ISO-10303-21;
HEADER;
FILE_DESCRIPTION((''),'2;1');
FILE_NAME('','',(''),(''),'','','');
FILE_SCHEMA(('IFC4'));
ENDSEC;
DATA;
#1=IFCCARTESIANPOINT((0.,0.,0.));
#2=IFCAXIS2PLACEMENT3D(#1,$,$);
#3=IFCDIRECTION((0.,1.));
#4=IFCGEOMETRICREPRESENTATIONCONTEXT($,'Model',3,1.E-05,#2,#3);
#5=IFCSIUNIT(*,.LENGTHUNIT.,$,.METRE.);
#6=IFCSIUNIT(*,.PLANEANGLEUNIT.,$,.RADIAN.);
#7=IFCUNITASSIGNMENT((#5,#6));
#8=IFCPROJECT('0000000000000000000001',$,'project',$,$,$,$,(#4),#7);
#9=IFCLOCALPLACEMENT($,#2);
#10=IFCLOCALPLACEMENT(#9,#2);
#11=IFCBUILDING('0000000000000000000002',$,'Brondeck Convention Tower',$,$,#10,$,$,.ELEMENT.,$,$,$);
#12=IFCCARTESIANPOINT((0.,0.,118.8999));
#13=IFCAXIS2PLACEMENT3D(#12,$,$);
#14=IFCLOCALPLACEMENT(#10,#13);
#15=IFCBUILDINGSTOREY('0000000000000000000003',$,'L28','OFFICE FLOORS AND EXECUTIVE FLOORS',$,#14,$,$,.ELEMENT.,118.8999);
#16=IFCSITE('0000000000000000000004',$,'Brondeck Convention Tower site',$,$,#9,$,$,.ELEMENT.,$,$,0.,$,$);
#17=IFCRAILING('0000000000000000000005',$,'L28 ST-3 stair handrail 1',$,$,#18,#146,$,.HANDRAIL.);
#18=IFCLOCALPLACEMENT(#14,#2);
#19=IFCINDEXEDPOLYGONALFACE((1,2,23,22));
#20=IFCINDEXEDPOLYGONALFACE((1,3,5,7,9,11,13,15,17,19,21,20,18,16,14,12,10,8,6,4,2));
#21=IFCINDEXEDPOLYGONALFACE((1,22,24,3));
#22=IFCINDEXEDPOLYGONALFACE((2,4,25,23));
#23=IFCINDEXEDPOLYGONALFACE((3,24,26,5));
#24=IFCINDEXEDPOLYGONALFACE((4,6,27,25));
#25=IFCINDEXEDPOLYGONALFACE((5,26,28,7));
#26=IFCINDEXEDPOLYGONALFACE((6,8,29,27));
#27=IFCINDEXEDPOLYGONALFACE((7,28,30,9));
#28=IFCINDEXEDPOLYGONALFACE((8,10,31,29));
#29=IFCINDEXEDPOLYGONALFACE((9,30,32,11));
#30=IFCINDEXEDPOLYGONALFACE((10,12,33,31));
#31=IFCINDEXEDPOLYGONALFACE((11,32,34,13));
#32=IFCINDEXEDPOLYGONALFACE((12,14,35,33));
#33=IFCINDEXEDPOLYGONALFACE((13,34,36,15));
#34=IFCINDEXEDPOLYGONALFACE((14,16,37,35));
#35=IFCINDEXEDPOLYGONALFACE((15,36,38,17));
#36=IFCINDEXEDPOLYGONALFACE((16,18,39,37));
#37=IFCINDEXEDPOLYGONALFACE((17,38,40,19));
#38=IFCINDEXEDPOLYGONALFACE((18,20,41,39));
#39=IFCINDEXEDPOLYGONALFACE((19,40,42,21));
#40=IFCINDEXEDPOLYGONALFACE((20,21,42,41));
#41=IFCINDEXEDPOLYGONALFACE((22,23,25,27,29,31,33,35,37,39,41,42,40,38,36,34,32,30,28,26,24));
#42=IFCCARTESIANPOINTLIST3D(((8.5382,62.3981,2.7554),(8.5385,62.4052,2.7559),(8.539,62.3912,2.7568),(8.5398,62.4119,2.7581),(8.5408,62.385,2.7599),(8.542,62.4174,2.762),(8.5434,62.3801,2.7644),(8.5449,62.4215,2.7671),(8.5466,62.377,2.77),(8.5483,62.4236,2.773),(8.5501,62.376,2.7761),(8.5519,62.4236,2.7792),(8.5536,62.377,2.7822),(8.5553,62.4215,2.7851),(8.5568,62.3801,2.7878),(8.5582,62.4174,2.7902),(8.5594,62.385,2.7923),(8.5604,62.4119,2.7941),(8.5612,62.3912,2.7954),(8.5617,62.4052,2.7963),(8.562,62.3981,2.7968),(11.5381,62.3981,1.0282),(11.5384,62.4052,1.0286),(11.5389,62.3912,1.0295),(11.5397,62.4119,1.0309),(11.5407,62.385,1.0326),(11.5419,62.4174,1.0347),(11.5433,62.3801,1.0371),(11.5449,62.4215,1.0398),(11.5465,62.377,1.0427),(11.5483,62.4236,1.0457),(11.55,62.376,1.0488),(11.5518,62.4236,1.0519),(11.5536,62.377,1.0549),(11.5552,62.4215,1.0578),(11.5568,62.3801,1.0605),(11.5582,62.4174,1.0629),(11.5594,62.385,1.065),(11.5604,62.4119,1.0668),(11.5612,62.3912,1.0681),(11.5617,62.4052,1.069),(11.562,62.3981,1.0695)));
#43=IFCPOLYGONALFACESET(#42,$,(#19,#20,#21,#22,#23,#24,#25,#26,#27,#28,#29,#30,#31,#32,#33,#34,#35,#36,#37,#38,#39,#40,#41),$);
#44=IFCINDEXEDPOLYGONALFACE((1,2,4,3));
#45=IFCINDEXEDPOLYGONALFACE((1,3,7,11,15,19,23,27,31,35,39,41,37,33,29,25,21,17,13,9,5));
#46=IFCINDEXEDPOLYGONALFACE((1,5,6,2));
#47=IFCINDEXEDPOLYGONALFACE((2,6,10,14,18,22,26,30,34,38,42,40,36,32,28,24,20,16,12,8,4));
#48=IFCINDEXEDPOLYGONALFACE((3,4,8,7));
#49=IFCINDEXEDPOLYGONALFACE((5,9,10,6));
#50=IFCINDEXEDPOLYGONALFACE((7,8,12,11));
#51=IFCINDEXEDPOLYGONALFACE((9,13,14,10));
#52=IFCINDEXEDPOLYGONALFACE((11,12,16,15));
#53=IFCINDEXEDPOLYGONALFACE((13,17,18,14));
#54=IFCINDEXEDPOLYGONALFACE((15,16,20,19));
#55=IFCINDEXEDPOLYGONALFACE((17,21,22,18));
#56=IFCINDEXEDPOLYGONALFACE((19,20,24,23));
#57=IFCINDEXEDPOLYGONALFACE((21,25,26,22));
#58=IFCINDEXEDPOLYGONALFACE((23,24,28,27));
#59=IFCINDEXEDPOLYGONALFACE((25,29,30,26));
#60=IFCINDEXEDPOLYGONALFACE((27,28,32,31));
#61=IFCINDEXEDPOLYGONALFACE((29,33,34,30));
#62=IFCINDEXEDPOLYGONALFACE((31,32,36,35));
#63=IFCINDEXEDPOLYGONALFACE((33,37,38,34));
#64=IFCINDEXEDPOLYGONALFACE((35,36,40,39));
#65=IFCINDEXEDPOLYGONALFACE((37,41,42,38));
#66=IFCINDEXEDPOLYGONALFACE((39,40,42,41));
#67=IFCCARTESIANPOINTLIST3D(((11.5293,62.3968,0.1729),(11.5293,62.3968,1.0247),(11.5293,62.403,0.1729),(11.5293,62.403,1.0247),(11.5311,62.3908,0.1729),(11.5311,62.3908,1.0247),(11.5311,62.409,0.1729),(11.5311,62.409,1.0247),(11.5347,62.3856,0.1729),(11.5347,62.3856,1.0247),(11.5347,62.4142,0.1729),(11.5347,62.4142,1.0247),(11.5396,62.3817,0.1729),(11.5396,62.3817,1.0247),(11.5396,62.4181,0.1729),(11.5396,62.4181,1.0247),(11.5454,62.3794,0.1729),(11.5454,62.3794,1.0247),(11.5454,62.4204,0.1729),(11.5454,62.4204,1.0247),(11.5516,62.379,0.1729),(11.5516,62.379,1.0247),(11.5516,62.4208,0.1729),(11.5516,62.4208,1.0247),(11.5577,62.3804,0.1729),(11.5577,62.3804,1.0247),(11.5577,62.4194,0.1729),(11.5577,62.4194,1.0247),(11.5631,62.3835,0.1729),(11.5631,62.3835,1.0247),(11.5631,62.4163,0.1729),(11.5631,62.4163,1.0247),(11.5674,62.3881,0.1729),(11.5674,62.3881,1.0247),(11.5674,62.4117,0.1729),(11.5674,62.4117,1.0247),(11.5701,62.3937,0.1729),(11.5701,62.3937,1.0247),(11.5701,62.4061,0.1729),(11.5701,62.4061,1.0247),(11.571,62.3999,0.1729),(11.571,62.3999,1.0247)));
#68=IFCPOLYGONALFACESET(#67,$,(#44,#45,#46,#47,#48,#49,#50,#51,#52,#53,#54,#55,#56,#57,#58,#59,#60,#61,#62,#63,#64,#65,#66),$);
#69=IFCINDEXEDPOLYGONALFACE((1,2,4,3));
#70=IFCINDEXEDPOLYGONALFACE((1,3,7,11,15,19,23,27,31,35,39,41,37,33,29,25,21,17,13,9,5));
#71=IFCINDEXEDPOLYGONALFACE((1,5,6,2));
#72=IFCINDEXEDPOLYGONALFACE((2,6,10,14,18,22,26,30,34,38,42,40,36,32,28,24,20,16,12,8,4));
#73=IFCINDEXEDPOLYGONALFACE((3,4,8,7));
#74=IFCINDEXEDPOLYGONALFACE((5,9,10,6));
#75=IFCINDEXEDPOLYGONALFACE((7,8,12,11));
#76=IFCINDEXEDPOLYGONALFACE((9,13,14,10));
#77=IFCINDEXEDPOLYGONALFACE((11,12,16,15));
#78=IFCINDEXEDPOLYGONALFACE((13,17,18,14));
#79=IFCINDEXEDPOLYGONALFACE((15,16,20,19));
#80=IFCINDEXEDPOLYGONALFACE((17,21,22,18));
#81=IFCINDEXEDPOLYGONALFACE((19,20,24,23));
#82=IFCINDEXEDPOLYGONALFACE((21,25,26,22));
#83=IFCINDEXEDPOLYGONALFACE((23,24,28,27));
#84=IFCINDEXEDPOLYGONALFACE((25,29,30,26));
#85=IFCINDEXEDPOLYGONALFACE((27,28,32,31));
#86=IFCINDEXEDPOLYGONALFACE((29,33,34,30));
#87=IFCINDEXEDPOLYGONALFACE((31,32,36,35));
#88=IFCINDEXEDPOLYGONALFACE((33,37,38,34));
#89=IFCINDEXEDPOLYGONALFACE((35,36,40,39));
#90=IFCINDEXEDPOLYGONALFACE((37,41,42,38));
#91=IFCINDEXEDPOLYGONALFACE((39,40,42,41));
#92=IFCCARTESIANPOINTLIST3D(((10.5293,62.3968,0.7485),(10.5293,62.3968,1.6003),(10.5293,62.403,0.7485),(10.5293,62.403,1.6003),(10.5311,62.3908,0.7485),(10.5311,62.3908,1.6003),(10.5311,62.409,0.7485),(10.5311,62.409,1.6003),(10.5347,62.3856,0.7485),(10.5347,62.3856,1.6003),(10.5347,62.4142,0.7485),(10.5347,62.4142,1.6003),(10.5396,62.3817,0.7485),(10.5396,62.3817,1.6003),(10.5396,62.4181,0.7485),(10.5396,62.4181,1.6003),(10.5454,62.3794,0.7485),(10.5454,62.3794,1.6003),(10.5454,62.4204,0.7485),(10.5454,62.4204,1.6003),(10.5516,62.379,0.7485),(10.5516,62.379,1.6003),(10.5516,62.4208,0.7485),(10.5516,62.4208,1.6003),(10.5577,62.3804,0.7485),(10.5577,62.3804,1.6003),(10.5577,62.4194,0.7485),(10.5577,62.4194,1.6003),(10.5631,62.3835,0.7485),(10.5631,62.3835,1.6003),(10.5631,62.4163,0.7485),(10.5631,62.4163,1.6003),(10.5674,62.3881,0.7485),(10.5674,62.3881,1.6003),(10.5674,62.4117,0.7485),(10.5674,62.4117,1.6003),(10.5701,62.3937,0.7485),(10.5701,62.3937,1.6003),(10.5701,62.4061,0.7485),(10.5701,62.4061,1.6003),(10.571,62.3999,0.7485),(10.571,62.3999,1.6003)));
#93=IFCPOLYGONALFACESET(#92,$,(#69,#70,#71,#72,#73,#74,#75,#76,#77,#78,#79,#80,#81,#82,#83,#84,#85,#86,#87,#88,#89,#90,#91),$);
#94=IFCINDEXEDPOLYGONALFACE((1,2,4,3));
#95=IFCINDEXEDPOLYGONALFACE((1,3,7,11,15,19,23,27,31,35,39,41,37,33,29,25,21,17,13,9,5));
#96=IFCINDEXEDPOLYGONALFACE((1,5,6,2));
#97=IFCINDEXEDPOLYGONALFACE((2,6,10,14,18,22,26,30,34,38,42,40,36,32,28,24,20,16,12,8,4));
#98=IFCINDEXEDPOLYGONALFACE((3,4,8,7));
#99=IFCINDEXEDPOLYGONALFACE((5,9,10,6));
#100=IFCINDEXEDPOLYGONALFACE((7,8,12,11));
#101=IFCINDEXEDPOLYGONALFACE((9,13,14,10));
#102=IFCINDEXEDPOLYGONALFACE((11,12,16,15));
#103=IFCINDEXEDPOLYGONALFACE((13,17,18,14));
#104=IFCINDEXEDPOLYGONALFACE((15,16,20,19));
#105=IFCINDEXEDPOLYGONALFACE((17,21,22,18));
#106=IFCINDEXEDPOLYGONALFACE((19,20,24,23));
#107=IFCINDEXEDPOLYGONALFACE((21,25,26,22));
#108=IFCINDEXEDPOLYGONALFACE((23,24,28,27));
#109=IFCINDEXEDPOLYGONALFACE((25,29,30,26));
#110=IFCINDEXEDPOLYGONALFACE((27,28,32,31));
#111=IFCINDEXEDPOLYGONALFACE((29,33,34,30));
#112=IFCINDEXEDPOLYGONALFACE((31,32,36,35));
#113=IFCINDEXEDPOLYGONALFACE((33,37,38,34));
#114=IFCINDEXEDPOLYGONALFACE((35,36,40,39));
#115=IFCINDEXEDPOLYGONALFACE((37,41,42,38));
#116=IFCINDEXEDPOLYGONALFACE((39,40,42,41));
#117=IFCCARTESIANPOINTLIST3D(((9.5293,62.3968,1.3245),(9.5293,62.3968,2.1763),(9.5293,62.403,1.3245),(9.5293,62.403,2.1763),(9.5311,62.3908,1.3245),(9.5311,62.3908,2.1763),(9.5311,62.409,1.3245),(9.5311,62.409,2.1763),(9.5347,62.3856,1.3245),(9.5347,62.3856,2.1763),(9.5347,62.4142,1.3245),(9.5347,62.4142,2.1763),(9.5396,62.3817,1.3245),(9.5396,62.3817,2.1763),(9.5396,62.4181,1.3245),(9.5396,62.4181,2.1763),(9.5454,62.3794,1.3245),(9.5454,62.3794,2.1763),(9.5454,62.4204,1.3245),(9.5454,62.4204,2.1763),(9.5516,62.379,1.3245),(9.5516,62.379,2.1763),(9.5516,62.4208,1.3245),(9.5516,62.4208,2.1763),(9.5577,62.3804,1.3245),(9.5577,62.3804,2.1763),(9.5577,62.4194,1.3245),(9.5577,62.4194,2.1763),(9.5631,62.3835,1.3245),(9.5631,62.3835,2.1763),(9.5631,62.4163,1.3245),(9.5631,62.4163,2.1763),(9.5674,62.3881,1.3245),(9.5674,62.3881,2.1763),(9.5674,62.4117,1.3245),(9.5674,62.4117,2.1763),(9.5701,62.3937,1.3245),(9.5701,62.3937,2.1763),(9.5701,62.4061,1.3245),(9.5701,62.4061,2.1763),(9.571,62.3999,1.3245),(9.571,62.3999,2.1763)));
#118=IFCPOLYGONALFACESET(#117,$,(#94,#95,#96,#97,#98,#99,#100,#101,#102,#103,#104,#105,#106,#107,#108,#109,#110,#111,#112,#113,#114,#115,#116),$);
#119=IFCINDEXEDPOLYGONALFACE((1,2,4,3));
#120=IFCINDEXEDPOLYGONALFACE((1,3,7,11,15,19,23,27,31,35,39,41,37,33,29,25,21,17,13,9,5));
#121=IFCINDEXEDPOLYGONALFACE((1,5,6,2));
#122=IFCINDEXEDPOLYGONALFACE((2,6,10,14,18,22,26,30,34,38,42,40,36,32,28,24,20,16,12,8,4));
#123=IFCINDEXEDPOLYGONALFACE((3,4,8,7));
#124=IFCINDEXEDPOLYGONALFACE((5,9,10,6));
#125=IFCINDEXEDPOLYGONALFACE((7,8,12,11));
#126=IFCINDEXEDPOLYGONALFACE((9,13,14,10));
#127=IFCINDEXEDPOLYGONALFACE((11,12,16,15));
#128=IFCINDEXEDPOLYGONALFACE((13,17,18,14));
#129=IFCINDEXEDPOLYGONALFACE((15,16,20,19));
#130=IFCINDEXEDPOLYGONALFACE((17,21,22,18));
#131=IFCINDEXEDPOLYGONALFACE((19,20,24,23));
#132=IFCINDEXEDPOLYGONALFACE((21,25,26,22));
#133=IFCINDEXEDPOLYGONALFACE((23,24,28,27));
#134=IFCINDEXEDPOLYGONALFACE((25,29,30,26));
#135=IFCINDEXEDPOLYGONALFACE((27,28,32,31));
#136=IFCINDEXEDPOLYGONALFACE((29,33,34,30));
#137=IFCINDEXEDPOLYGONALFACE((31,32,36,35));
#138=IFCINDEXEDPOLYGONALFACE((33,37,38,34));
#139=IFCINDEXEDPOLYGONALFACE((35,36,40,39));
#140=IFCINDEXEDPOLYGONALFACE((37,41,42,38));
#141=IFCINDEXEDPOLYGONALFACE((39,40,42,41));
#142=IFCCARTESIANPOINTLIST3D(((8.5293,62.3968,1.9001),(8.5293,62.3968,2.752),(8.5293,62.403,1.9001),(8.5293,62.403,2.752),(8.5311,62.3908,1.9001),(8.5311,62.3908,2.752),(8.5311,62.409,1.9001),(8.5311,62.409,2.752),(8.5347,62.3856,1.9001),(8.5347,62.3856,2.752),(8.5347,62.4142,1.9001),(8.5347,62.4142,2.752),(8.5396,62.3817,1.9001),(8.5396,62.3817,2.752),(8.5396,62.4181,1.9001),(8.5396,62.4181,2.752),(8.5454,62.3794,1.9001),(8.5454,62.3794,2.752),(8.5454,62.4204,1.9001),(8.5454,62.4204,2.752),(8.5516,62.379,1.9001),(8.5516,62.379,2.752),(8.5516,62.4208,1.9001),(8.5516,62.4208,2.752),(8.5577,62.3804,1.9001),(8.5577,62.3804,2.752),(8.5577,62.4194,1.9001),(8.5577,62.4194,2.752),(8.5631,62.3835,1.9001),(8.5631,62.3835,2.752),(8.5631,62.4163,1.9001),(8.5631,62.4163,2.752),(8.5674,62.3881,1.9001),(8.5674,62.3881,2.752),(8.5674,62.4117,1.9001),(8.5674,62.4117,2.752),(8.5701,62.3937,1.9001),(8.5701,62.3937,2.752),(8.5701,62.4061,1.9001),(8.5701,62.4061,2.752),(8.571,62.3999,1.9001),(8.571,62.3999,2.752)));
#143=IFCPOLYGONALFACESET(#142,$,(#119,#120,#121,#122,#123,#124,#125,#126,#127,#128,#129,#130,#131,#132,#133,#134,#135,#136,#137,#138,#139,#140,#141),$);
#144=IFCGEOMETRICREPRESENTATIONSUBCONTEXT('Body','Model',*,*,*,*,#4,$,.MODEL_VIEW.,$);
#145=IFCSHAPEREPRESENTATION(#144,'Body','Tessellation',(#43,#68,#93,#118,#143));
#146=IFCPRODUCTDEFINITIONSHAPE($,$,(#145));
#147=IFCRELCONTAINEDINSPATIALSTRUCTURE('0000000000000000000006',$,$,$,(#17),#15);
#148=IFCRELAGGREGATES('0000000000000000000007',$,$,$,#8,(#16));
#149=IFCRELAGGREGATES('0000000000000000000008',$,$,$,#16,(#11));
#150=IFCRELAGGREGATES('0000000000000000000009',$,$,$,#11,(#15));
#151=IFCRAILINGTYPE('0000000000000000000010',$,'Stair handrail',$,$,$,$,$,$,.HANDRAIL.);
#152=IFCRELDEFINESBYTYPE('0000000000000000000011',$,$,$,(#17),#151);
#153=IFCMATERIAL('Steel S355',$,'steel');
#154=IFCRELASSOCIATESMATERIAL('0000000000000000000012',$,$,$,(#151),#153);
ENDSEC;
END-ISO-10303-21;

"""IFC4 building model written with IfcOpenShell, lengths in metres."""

from ifc_helpers import new_model, si_unit, direction, frame, origin, origin_2d, place, context, subcontext, project, spatial, circle, extrude, material, type_object, element, save


model = new_model("IFC4")

# Units and contexts
model_context = context("Model", 3, precision=1e-05, world=origin(), true_north=direction((0.0, 1.0)))
body_context = subcontext(model_context, "Body", "Model", "MODEL_VIEW")
ifc_project = project(units=[si_unit("LENGTHUNIT", "METRE"), si_unit("PLANEANGLEUNIT", "RADIAN")], contexts=[model_context])

# Site, building, storey
site_placement = place(None, origin())
site = spatial("IfcSite", under=ifc_project, at=site_placement, Name="Brondeck Convention Tower site", CompositionType="ELEMENT", RefElevation=0.0)
building_placement = place(site_placement, origin())
building = spatial("IfcBuilding", under=site, at=building_placement, Name="Brondeck Convention Tower", CompositionType="ELEMENT")
storey_placement = place(building_placement, frame((0.0, 0.0, 118.8999)))
storey = spatial("IfcBuildingStorey", under=building, at=storey_placement, Name="L28", Description="OFFICE FLOORS AND EXECUTIVE FLOORS", CompositionType="ELEMENT", Elevation=118.8999)

# Railing
ifc_material_1 = material(Name="Steel S355", Category="steel")
railing_type_1 = type_object("IfcRailingType", Name="Stair handrail", PredefinedType="HANDRAIL", material=ifc_material_1)
railing_1_placement = place(storey_placement, frame((11.55, 62.3999, 0.1729)))
element("IfcRailing", 1, at=railing_1_placement, inside=storey, type_object=railing_type_1, Name="L28 ST-3 stair handrail 1", PredefinedType="HANDRAIL", context=body_context, shape_type="SweptSolid", body=[
    extrude(circle(Radius=0.0239, at=origin_2d()), frame((0.0, 0.0, 0.876), z_axis=(-0.86662, 0.0, 0.498969), x_axis=(0.0, -1.0, 0.0)), (0.0, 0.0, 1.0), 3.4617),
    extrude(circle(Radius=0.021, at=origin_2d()), origin(), (0.0, 0.0, 1.0), 0.8518),
    extrude(circle(Radius=0.021, at=origin_2d()), frame((-1.0, 0.0, 0.5757)), (0.0, 0.0, 1.0), 0.8518),
    extrude(circle(Radius=0.021, at=origin_2d()), frame((-2.0, 0.0, 1.1516)), (0.0, 0.0, 1.0), 0.8518),
    extrude(circle(Radius=0.021, at=origin_2d()), frame((-3.0, 0.0, 1.7273)), (0.0, 0.0, 1.0), 0.8518),
])

save(model, "model.ifc")
